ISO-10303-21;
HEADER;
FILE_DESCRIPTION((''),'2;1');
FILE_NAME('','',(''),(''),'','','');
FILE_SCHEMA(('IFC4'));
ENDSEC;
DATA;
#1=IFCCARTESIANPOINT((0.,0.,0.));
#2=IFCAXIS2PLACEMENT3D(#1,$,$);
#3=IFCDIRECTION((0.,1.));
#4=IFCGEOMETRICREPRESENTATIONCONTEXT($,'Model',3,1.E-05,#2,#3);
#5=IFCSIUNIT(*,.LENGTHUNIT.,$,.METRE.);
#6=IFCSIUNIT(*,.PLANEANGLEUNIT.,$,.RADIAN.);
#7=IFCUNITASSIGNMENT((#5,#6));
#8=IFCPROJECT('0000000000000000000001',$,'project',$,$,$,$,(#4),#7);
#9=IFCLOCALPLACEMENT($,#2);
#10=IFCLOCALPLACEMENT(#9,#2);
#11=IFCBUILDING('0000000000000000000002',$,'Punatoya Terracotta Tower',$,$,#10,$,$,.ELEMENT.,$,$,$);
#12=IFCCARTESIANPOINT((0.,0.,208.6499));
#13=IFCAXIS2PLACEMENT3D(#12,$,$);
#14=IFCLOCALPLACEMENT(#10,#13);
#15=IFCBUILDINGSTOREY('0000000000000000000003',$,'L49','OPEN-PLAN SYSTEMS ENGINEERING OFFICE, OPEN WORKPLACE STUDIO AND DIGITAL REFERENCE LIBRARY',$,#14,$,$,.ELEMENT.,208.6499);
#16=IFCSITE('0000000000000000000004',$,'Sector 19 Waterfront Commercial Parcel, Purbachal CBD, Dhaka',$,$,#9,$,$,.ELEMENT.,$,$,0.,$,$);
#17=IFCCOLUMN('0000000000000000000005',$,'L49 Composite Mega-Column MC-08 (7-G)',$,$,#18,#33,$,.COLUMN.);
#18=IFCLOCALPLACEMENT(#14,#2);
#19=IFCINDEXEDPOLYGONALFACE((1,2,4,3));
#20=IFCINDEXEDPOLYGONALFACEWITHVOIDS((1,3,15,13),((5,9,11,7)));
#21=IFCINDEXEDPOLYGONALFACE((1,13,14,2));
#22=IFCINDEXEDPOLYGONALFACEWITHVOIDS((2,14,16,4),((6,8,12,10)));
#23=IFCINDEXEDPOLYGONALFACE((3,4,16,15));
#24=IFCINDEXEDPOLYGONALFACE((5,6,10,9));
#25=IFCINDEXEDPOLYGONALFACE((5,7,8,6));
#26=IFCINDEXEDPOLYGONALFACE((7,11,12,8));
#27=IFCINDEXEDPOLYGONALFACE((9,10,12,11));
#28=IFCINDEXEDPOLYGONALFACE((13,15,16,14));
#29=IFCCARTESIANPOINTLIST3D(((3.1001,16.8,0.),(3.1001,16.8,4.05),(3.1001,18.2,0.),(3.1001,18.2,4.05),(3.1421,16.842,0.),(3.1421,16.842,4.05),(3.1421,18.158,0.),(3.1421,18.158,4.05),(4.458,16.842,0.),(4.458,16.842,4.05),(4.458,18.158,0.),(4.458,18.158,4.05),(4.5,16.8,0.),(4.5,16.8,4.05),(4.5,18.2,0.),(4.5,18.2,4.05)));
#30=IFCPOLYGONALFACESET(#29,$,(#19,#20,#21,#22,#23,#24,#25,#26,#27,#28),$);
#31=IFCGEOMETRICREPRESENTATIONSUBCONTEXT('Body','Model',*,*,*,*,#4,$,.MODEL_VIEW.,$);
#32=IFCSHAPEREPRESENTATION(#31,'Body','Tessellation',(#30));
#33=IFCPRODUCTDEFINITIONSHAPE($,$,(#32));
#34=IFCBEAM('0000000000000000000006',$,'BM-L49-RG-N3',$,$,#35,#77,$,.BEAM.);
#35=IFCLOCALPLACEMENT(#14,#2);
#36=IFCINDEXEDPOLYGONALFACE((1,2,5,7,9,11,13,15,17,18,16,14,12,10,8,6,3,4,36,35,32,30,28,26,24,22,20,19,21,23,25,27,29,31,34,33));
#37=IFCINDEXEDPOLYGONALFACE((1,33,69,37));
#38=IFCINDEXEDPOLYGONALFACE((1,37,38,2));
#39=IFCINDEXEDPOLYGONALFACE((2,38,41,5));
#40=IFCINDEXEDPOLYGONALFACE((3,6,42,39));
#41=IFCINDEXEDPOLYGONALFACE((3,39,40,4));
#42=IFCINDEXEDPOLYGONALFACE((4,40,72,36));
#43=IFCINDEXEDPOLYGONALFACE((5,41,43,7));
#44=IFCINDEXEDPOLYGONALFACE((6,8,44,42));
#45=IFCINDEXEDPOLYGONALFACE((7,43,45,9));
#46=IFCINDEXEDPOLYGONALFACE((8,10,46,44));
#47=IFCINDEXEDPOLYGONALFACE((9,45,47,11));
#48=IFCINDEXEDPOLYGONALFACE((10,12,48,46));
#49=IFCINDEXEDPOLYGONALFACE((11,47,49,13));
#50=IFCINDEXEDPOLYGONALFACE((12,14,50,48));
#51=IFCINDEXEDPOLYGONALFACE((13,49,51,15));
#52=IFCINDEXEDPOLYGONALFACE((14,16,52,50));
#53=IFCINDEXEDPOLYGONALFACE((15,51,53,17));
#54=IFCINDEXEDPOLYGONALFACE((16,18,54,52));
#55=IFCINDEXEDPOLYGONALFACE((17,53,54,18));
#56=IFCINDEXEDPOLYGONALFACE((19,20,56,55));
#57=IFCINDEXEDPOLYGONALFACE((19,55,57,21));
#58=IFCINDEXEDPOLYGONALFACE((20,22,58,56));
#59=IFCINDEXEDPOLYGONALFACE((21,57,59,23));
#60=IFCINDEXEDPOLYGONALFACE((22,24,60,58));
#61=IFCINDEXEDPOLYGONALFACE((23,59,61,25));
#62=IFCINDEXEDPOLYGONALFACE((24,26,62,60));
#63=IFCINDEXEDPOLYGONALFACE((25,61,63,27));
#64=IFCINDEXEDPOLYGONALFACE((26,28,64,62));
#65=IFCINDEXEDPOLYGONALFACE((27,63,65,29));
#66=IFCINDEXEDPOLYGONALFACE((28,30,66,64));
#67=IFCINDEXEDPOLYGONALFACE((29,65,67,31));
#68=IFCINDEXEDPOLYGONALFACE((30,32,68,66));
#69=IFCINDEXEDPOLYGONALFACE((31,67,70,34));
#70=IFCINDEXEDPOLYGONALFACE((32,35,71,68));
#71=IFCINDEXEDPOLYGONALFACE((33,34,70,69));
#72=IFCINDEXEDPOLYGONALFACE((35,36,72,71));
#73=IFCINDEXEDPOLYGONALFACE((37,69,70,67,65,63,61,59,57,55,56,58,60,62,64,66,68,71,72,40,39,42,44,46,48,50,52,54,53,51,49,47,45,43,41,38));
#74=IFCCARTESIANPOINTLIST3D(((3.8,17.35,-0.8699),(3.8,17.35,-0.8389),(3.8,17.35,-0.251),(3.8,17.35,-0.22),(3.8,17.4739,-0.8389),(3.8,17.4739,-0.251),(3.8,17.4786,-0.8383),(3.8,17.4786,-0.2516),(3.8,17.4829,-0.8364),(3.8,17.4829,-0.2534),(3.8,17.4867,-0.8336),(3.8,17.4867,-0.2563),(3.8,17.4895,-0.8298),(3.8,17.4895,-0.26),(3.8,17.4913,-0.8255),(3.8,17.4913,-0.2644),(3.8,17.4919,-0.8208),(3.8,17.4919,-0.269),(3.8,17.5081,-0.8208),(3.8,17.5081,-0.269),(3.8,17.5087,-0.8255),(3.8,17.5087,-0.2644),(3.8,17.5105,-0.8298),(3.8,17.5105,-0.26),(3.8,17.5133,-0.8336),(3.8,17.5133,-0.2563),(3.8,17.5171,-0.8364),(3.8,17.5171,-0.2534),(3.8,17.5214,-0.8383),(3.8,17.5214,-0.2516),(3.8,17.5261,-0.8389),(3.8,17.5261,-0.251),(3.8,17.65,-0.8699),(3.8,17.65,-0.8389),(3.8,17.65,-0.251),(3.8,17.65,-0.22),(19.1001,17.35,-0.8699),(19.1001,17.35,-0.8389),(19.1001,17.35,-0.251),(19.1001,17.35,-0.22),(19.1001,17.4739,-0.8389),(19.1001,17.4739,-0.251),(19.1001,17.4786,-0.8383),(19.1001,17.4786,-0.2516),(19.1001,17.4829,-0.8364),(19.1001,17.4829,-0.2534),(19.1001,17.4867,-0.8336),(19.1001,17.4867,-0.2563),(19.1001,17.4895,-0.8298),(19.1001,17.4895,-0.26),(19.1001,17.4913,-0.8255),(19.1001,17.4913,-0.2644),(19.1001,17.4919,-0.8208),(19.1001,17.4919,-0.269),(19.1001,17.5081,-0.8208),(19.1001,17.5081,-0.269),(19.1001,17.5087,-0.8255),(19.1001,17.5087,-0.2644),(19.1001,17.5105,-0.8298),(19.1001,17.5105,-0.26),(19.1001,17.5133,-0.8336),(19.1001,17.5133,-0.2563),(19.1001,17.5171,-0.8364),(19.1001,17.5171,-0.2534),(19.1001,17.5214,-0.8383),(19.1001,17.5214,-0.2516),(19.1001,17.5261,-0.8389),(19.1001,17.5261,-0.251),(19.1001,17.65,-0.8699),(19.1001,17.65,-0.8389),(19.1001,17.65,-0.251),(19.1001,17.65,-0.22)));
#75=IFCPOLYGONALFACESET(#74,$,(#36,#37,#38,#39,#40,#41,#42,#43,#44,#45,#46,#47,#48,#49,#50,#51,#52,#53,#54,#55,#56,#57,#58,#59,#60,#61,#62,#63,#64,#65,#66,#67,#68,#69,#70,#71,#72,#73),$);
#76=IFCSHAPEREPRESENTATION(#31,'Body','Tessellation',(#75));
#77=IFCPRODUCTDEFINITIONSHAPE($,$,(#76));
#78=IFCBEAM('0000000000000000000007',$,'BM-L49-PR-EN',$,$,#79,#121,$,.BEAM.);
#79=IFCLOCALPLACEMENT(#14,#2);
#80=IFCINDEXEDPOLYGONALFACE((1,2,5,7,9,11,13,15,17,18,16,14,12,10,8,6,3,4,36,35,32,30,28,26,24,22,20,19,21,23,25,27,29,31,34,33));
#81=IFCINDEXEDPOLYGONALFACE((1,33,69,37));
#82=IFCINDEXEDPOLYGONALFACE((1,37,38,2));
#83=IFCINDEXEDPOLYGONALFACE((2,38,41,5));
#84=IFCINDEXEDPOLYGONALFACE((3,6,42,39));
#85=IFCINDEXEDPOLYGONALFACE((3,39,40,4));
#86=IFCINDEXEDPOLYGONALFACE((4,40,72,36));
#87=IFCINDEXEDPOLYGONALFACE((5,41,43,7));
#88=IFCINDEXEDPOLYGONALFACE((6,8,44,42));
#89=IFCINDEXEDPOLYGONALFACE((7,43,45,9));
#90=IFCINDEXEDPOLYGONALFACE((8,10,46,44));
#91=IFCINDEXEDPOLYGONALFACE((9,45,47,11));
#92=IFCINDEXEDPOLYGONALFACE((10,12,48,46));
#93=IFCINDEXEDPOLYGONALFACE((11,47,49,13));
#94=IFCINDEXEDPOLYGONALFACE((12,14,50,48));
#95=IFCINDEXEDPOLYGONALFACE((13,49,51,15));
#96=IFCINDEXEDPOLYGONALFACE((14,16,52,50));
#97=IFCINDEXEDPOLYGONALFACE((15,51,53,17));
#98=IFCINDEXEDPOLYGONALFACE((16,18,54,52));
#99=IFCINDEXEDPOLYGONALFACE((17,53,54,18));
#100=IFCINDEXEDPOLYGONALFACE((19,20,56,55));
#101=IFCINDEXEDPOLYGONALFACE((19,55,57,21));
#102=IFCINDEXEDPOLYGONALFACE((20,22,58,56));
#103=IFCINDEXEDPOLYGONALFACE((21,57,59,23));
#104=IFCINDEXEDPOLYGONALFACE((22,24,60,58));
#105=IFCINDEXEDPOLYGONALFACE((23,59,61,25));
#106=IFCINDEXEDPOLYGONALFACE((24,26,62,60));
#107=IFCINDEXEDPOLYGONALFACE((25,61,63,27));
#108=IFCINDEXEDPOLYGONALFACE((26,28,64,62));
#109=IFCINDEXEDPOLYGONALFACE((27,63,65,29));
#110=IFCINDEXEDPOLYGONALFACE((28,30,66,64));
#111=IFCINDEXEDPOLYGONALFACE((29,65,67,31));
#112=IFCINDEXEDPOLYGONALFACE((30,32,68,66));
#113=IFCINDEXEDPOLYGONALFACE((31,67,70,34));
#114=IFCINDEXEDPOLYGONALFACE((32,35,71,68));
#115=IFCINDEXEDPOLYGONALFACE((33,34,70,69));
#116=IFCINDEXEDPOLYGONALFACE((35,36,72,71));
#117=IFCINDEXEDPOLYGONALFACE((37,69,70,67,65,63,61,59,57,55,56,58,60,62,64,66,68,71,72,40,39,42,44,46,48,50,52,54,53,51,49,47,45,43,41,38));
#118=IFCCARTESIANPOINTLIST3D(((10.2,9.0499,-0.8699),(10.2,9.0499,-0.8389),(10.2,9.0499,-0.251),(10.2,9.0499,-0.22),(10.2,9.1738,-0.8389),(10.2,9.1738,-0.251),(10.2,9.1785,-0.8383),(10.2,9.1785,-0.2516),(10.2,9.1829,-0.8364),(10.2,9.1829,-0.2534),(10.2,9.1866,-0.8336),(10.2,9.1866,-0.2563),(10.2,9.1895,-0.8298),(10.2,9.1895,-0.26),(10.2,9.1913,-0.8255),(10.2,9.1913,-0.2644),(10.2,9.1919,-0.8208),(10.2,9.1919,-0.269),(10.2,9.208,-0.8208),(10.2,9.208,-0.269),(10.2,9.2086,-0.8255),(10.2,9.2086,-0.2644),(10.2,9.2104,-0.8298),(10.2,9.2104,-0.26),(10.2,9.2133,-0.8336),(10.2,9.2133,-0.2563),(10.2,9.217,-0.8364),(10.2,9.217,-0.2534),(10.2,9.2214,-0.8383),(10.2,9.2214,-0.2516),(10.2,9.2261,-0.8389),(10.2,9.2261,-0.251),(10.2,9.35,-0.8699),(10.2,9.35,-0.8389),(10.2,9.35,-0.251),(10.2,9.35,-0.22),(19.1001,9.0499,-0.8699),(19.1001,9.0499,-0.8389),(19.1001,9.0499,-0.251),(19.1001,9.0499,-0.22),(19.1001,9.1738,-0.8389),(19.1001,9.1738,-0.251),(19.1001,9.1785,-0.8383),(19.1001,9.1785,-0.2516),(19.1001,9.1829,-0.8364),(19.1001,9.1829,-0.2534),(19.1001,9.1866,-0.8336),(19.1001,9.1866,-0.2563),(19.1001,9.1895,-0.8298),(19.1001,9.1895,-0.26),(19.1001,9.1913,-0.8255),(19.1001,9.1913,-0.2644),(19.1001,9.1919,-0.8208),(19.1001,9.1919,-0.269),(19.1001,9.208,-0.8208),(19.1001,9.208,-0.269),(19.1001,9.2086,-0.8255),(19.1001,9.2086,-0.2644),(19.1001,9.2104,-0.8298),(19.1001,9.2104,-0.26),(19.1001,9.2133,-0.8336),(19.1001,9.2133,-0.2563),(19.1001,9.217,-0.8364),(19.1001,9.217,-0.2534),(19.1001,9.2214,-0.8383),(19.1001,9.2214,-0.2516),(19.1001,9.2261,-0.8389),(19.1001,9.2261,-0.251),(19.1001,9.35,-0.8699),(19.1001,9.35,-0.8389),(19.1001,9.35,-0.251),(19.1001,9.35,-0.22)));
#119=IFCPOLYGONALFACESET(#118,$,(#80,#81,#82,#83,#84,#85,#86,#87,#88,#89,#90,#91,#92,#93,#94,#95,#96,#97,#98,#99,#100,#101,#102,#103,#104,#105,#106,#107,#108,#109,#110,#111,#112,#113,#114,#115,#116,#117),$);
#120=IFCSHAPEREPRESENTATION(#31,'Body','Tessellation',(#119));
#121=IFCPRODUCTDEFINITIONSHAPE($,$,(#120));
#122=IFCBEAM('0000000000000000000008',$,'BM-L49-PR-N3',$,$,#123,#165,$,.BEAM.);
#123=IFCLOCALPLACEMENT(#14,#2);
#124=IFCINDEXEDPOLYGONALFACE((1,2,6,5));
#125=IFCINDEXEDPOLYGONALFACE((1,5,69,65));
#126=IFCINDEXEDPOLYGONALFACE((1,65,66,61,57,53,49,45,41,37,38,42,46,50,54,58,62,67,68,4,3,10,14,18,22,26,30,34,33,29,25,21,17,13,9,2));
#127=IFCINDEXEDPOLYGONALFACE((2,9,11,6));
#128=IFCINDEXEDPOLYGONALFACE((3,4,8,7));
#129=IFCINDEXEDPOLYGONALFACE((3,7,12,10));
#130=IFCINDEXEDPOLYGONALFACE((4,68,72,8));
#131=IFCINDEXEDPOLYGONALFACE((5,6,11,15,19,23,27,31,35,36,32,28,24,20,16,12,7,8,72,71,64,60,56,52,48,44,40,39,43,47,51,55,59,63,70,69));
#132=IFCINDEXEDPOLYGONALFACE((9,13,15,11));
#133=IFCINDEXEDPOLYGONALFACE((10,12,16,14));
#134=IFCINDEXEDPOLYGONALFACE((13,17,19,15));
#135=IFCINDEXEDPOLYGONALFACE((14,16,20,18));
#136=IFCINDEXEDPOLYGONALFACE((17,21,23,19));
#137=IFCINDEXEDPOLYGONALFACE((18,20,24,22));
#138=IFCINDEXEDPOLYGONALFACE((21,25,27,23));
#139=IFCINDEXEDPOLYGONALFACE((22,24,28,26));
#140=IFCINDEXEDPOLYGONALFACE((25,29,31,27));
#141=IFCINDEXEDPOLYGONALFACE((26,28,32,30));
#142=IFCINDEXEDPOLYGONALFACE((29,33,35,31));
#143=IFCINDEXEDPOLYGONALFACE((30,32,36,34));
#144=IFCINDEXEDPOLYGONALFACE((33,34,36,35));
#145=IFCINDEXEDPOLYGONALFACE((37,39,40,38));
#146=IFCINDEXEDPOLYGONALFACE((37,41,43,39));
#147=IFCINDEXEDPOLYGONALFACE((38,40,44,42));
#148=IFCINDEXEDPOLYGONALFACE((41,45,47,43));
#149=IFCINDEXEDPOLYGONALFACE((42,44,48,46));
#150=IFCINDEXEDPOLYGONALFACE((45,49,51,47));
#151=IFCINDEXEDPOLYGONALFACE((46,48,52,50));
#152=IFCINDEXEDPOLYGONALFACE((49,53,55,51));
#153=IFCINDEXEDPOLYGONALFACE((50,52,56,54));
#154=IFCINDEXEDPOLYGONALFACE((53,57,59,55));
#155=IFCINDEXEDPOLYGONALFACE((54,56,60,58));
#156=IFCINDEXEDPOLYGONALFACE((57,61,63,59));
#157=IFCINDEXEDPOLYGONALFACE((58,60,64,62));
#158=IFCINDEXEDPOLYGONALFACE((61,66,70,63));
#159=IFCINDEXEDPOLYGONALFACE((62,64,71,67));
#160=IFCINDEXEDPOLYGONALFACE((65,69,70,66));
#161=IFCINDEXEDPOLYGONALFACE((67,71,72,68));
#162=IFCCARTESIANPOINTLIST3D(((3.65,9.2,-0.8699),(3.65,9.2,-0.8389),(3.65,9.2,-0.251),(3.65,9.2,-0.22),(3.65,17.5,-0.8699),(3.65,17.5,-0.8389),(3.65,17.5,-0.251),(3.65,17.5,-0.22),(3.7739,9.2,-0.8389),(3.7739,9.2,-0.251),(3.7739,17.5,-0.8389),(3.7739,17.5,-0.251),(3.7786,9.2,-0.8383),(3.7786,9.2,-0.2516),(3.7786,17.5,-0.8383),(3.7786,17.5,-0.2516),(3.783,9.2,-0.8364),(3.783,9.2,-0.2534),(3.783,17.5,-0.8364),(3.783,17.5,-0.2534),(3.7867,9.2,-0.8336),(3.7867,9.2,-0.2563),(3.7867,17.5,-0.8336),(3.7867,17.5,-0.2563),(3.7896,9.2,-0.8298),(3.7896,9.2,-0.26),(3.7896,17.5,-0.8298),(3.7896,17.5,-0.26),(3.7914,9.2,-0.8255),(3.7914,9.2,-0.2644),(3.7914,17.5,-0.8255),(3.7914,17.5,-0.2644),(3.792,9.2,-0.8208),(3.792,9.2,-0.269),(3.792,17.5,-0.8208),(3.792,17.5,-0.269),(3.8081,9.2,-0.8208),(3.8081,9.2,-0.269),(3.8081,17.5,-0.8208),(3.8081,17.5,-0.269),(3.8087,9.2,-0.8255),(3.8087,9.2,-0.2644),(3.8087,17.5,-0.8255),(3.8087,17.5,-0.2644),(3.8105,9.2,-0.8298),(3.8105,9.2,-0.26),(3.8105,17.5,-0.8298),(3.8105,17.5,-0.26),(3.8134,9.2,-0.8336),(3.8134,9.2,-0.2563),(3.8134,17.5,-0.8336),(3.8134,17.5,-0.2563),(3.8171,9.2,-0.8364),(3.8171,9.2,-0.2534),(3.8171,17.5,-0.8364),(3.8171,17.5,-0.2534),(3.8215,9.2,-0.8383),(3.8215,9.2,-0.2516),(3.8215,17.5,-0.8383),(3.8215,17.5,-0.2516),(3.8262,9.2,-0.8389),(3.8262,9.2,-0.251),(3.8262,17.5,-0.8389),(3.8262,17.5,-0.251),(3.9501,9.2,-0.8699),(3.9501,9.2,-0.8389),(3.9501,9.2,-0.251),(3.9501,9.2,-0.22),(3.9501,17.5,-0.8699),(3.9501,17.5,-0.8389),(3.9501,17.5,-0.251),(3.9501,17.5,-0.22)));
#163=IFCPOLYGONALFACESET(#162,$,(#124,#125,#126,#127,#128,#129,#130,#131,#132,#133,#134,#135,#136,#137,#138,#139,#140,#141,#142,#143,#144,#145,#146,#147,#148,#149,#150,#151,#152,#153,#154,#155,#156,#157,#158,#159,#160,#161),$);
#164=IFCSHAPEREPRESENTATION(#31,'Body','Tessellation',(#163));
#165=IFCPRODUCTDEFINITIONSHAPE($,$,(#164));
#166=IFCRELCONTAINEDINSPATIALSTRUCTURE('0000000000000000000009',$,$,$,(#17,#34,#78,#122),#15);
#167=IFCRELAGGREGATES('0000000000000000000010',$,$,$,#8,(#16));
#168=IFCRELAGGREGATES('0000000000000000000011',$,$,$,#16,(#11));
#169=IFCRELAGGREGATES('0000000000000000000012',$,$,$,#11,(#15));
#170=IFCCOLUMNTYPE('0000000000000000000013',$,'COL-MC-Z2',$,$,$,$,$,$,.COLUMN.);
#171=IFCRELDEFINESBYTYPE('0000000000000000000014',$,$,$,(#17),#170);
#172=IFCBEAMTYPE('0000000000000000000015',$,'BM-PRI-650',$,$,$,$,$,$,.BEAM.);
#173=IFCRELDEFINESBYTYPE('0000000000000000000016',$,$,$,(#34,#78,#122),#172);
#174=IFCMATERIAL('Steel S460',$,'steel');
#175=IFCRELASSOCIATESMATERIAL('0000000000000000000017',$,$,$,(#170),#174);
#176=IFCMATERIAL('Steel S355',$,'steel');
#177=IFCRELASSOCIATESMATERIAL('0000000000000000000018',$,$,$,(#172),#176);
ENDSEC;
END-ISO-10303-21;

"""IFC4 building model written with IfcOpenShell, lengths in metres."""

from ifc_helpers import new_model, si_unit, direction, frame, origin, origin_2d, place, context, subcontext, project, spatial, hollow_rectangle, i_section, extrude, material, material_profile, profile_set, type_object, element, save


model = new_model("IFC4")

# Units and contexts
model_context = context("Model", 3, precision=1e-05, world=origin(), true_north=direction((0.0, 1.0)))
body_context = subcontext(model_context, "Body", "Model", "MODEL_VIEW")
ifc_project = project(units=[si_unit("LENGTHUNIT", "METRE"), si_unit("PLANEANGLEUNIT", "RADIAN")], contexts=[model_context])

# Site, building, storey
site_placement = place(None, origin())
site = spatial("IfcSite", under=ifc_project, at=site_placement, Name="Sector 19 Waterfront Commercial Parcel, Purbachal CBD, Dhaka", CompositionType="ELEMENT", RefElevation=0.0)
building_placement = place(site_placement, origin())
building = spatial("IfcBuilding", under=site, at=building_placement, Name="Punatoya Terracotta Tower", CompositionType="ELEMENT")
storey_placement = place(building_placement, frame((0.0, 0.0, 208.6499)))
storey = spatial("IfcBuildingStorey", under=building, at=storey_placement, Name="L49", Description="OPEN-PLAN SYSTEMS ENGINEERING OFFICE, OPEN WORKPLACE STUDIO AND DIGITAL REFERENCE LIBRARY", CompositionType="ELEMENT", Elevation=208.6499)

# Column
ifc_material_1 = material(Name="Steel S460", Category="steel")
ifc_material_profile_1 = material_profile(ifc_material_1, hollow_rectangle(XDim=1.3999, YDim=1.3999, WallThickness=0.042, at=origin_2d()))
ifc_profile_set_1 = profile_set([ifc_material_profile_1], Name="Steel S460")
column_type = type_object("IfcColumnType", Name="COL-MC-Z2", PredefinedType="COLUMN", material=ifc_profile_set_1)
column_placement = place(storey_placement, frame((3.8, 17.5, 0.0), z_axis=(0.0, 0.0, 1.0), x_axis=(1.0, 0.0, 0.0)))
element("IfcColumn", 1, at=column_placement, inside=storey, type_object=column_type, Name="L49 Composite Mega-Column MC-08 (7-G)", PredefinedType="COLUMN", context=body_context, shape_type="SweptSolid", body=[
    extrude(hollow_rectangle(XDim=1.3999, YDim=1.3999, WallThickness=0.042, at=origin_2d()), origin(), (0.0, 0.0, 1.0), 4.05),
])

# Beams
ifc_material_2 = material(Name="Steel S355", Category="steel")
ifc_material_profile_2 = material_profile(ifc_material_2, i_section(OverallWidth=0.3, OverallDepth=0.6499, WebThickness=0.0161, FlangeThickness=0.031, FilletRadius=0.0181, at=origin_2d()))
ifc_profile_set_2 = profile_set([ifc_material_profile_2], Name="Steel S355")
beam_type_1 = type_object("IfcBeamType", Name="BM-PRI-650", PredefinedType="BEAM", material=ifc_profile_set_2)
beam_1_placement = place(storey_placement, frame((3.8, 17.5, -0.5449), z_axis=(1.0, 0.0, 0.0), x_axis=(0.0, 1.0, 0.0)))
element("IfcBeam", 2, at=beam_1_placement, inside=storey, type_object=beam_type_1, Name="BM-L49-RG-N3", PredefinedType="BEAM", context=body_context, shape_type="SweptSolid", body=[
    extrude(i_section(OverallWidth=0.3, OverallDepth=0.6499, WebThickness=0.0161, FlangeThickness=0.031, FilletRadius=0.0181, at=origin_2d()), origin(), (0.0, 0.0, 1.0), 15.3),
])
beam_2_placement = place(storey_placement, frame((10.2, 9.2, -0.5449), z_axis=(1.0, 0.0, 0.0), x_axis=(0.0, 1.0, 0.0)))
element("IfcBeam", 3, at=beam_2_placement, inside=storey, type_object=beam_type_1, Name="BM-L49-PR-EN", PredefinedType="BEAM", context=body_context, shape_type="SweptSolid", body=[
    extrude(i_section(OverallWidth=0.3, OverallDepth=0.6499, WebThickness=0.0161, FlangeThickness=0.031, FilletRadius=0.0181, at=origin_2d()), origin(), (0.0, 0.0, 1.0), 8.9001),
])
for number, where, z_axis, x_axis, name in (
    (4, (3.8, 9.2, -0.5449), (0.0, 1.0, 0.0), (-1.0, 0.0, 0.0), "BM-L49-PR-N3"),
):
    element("IfcBeam", number, at=place(storey_placement, frame(where, z_axis=z_axis, x_axis=x_axis)), inside=storey, type_object=beam_type_1, Name=name, PredefinedType="BEAM", context=body_context, shape_type="SweptSolid", body=[
        extrude(i_section(OverallWidth=0.3, OverallDepth=0.6499, WebThickness=0.0161, FlangeThickness=0.031, FilletRadius=0.0181, at=origin_2d()), origin(), (0.0, 0.0, 1.0), 8.3),
    ])

save(model, "model.ifc")
